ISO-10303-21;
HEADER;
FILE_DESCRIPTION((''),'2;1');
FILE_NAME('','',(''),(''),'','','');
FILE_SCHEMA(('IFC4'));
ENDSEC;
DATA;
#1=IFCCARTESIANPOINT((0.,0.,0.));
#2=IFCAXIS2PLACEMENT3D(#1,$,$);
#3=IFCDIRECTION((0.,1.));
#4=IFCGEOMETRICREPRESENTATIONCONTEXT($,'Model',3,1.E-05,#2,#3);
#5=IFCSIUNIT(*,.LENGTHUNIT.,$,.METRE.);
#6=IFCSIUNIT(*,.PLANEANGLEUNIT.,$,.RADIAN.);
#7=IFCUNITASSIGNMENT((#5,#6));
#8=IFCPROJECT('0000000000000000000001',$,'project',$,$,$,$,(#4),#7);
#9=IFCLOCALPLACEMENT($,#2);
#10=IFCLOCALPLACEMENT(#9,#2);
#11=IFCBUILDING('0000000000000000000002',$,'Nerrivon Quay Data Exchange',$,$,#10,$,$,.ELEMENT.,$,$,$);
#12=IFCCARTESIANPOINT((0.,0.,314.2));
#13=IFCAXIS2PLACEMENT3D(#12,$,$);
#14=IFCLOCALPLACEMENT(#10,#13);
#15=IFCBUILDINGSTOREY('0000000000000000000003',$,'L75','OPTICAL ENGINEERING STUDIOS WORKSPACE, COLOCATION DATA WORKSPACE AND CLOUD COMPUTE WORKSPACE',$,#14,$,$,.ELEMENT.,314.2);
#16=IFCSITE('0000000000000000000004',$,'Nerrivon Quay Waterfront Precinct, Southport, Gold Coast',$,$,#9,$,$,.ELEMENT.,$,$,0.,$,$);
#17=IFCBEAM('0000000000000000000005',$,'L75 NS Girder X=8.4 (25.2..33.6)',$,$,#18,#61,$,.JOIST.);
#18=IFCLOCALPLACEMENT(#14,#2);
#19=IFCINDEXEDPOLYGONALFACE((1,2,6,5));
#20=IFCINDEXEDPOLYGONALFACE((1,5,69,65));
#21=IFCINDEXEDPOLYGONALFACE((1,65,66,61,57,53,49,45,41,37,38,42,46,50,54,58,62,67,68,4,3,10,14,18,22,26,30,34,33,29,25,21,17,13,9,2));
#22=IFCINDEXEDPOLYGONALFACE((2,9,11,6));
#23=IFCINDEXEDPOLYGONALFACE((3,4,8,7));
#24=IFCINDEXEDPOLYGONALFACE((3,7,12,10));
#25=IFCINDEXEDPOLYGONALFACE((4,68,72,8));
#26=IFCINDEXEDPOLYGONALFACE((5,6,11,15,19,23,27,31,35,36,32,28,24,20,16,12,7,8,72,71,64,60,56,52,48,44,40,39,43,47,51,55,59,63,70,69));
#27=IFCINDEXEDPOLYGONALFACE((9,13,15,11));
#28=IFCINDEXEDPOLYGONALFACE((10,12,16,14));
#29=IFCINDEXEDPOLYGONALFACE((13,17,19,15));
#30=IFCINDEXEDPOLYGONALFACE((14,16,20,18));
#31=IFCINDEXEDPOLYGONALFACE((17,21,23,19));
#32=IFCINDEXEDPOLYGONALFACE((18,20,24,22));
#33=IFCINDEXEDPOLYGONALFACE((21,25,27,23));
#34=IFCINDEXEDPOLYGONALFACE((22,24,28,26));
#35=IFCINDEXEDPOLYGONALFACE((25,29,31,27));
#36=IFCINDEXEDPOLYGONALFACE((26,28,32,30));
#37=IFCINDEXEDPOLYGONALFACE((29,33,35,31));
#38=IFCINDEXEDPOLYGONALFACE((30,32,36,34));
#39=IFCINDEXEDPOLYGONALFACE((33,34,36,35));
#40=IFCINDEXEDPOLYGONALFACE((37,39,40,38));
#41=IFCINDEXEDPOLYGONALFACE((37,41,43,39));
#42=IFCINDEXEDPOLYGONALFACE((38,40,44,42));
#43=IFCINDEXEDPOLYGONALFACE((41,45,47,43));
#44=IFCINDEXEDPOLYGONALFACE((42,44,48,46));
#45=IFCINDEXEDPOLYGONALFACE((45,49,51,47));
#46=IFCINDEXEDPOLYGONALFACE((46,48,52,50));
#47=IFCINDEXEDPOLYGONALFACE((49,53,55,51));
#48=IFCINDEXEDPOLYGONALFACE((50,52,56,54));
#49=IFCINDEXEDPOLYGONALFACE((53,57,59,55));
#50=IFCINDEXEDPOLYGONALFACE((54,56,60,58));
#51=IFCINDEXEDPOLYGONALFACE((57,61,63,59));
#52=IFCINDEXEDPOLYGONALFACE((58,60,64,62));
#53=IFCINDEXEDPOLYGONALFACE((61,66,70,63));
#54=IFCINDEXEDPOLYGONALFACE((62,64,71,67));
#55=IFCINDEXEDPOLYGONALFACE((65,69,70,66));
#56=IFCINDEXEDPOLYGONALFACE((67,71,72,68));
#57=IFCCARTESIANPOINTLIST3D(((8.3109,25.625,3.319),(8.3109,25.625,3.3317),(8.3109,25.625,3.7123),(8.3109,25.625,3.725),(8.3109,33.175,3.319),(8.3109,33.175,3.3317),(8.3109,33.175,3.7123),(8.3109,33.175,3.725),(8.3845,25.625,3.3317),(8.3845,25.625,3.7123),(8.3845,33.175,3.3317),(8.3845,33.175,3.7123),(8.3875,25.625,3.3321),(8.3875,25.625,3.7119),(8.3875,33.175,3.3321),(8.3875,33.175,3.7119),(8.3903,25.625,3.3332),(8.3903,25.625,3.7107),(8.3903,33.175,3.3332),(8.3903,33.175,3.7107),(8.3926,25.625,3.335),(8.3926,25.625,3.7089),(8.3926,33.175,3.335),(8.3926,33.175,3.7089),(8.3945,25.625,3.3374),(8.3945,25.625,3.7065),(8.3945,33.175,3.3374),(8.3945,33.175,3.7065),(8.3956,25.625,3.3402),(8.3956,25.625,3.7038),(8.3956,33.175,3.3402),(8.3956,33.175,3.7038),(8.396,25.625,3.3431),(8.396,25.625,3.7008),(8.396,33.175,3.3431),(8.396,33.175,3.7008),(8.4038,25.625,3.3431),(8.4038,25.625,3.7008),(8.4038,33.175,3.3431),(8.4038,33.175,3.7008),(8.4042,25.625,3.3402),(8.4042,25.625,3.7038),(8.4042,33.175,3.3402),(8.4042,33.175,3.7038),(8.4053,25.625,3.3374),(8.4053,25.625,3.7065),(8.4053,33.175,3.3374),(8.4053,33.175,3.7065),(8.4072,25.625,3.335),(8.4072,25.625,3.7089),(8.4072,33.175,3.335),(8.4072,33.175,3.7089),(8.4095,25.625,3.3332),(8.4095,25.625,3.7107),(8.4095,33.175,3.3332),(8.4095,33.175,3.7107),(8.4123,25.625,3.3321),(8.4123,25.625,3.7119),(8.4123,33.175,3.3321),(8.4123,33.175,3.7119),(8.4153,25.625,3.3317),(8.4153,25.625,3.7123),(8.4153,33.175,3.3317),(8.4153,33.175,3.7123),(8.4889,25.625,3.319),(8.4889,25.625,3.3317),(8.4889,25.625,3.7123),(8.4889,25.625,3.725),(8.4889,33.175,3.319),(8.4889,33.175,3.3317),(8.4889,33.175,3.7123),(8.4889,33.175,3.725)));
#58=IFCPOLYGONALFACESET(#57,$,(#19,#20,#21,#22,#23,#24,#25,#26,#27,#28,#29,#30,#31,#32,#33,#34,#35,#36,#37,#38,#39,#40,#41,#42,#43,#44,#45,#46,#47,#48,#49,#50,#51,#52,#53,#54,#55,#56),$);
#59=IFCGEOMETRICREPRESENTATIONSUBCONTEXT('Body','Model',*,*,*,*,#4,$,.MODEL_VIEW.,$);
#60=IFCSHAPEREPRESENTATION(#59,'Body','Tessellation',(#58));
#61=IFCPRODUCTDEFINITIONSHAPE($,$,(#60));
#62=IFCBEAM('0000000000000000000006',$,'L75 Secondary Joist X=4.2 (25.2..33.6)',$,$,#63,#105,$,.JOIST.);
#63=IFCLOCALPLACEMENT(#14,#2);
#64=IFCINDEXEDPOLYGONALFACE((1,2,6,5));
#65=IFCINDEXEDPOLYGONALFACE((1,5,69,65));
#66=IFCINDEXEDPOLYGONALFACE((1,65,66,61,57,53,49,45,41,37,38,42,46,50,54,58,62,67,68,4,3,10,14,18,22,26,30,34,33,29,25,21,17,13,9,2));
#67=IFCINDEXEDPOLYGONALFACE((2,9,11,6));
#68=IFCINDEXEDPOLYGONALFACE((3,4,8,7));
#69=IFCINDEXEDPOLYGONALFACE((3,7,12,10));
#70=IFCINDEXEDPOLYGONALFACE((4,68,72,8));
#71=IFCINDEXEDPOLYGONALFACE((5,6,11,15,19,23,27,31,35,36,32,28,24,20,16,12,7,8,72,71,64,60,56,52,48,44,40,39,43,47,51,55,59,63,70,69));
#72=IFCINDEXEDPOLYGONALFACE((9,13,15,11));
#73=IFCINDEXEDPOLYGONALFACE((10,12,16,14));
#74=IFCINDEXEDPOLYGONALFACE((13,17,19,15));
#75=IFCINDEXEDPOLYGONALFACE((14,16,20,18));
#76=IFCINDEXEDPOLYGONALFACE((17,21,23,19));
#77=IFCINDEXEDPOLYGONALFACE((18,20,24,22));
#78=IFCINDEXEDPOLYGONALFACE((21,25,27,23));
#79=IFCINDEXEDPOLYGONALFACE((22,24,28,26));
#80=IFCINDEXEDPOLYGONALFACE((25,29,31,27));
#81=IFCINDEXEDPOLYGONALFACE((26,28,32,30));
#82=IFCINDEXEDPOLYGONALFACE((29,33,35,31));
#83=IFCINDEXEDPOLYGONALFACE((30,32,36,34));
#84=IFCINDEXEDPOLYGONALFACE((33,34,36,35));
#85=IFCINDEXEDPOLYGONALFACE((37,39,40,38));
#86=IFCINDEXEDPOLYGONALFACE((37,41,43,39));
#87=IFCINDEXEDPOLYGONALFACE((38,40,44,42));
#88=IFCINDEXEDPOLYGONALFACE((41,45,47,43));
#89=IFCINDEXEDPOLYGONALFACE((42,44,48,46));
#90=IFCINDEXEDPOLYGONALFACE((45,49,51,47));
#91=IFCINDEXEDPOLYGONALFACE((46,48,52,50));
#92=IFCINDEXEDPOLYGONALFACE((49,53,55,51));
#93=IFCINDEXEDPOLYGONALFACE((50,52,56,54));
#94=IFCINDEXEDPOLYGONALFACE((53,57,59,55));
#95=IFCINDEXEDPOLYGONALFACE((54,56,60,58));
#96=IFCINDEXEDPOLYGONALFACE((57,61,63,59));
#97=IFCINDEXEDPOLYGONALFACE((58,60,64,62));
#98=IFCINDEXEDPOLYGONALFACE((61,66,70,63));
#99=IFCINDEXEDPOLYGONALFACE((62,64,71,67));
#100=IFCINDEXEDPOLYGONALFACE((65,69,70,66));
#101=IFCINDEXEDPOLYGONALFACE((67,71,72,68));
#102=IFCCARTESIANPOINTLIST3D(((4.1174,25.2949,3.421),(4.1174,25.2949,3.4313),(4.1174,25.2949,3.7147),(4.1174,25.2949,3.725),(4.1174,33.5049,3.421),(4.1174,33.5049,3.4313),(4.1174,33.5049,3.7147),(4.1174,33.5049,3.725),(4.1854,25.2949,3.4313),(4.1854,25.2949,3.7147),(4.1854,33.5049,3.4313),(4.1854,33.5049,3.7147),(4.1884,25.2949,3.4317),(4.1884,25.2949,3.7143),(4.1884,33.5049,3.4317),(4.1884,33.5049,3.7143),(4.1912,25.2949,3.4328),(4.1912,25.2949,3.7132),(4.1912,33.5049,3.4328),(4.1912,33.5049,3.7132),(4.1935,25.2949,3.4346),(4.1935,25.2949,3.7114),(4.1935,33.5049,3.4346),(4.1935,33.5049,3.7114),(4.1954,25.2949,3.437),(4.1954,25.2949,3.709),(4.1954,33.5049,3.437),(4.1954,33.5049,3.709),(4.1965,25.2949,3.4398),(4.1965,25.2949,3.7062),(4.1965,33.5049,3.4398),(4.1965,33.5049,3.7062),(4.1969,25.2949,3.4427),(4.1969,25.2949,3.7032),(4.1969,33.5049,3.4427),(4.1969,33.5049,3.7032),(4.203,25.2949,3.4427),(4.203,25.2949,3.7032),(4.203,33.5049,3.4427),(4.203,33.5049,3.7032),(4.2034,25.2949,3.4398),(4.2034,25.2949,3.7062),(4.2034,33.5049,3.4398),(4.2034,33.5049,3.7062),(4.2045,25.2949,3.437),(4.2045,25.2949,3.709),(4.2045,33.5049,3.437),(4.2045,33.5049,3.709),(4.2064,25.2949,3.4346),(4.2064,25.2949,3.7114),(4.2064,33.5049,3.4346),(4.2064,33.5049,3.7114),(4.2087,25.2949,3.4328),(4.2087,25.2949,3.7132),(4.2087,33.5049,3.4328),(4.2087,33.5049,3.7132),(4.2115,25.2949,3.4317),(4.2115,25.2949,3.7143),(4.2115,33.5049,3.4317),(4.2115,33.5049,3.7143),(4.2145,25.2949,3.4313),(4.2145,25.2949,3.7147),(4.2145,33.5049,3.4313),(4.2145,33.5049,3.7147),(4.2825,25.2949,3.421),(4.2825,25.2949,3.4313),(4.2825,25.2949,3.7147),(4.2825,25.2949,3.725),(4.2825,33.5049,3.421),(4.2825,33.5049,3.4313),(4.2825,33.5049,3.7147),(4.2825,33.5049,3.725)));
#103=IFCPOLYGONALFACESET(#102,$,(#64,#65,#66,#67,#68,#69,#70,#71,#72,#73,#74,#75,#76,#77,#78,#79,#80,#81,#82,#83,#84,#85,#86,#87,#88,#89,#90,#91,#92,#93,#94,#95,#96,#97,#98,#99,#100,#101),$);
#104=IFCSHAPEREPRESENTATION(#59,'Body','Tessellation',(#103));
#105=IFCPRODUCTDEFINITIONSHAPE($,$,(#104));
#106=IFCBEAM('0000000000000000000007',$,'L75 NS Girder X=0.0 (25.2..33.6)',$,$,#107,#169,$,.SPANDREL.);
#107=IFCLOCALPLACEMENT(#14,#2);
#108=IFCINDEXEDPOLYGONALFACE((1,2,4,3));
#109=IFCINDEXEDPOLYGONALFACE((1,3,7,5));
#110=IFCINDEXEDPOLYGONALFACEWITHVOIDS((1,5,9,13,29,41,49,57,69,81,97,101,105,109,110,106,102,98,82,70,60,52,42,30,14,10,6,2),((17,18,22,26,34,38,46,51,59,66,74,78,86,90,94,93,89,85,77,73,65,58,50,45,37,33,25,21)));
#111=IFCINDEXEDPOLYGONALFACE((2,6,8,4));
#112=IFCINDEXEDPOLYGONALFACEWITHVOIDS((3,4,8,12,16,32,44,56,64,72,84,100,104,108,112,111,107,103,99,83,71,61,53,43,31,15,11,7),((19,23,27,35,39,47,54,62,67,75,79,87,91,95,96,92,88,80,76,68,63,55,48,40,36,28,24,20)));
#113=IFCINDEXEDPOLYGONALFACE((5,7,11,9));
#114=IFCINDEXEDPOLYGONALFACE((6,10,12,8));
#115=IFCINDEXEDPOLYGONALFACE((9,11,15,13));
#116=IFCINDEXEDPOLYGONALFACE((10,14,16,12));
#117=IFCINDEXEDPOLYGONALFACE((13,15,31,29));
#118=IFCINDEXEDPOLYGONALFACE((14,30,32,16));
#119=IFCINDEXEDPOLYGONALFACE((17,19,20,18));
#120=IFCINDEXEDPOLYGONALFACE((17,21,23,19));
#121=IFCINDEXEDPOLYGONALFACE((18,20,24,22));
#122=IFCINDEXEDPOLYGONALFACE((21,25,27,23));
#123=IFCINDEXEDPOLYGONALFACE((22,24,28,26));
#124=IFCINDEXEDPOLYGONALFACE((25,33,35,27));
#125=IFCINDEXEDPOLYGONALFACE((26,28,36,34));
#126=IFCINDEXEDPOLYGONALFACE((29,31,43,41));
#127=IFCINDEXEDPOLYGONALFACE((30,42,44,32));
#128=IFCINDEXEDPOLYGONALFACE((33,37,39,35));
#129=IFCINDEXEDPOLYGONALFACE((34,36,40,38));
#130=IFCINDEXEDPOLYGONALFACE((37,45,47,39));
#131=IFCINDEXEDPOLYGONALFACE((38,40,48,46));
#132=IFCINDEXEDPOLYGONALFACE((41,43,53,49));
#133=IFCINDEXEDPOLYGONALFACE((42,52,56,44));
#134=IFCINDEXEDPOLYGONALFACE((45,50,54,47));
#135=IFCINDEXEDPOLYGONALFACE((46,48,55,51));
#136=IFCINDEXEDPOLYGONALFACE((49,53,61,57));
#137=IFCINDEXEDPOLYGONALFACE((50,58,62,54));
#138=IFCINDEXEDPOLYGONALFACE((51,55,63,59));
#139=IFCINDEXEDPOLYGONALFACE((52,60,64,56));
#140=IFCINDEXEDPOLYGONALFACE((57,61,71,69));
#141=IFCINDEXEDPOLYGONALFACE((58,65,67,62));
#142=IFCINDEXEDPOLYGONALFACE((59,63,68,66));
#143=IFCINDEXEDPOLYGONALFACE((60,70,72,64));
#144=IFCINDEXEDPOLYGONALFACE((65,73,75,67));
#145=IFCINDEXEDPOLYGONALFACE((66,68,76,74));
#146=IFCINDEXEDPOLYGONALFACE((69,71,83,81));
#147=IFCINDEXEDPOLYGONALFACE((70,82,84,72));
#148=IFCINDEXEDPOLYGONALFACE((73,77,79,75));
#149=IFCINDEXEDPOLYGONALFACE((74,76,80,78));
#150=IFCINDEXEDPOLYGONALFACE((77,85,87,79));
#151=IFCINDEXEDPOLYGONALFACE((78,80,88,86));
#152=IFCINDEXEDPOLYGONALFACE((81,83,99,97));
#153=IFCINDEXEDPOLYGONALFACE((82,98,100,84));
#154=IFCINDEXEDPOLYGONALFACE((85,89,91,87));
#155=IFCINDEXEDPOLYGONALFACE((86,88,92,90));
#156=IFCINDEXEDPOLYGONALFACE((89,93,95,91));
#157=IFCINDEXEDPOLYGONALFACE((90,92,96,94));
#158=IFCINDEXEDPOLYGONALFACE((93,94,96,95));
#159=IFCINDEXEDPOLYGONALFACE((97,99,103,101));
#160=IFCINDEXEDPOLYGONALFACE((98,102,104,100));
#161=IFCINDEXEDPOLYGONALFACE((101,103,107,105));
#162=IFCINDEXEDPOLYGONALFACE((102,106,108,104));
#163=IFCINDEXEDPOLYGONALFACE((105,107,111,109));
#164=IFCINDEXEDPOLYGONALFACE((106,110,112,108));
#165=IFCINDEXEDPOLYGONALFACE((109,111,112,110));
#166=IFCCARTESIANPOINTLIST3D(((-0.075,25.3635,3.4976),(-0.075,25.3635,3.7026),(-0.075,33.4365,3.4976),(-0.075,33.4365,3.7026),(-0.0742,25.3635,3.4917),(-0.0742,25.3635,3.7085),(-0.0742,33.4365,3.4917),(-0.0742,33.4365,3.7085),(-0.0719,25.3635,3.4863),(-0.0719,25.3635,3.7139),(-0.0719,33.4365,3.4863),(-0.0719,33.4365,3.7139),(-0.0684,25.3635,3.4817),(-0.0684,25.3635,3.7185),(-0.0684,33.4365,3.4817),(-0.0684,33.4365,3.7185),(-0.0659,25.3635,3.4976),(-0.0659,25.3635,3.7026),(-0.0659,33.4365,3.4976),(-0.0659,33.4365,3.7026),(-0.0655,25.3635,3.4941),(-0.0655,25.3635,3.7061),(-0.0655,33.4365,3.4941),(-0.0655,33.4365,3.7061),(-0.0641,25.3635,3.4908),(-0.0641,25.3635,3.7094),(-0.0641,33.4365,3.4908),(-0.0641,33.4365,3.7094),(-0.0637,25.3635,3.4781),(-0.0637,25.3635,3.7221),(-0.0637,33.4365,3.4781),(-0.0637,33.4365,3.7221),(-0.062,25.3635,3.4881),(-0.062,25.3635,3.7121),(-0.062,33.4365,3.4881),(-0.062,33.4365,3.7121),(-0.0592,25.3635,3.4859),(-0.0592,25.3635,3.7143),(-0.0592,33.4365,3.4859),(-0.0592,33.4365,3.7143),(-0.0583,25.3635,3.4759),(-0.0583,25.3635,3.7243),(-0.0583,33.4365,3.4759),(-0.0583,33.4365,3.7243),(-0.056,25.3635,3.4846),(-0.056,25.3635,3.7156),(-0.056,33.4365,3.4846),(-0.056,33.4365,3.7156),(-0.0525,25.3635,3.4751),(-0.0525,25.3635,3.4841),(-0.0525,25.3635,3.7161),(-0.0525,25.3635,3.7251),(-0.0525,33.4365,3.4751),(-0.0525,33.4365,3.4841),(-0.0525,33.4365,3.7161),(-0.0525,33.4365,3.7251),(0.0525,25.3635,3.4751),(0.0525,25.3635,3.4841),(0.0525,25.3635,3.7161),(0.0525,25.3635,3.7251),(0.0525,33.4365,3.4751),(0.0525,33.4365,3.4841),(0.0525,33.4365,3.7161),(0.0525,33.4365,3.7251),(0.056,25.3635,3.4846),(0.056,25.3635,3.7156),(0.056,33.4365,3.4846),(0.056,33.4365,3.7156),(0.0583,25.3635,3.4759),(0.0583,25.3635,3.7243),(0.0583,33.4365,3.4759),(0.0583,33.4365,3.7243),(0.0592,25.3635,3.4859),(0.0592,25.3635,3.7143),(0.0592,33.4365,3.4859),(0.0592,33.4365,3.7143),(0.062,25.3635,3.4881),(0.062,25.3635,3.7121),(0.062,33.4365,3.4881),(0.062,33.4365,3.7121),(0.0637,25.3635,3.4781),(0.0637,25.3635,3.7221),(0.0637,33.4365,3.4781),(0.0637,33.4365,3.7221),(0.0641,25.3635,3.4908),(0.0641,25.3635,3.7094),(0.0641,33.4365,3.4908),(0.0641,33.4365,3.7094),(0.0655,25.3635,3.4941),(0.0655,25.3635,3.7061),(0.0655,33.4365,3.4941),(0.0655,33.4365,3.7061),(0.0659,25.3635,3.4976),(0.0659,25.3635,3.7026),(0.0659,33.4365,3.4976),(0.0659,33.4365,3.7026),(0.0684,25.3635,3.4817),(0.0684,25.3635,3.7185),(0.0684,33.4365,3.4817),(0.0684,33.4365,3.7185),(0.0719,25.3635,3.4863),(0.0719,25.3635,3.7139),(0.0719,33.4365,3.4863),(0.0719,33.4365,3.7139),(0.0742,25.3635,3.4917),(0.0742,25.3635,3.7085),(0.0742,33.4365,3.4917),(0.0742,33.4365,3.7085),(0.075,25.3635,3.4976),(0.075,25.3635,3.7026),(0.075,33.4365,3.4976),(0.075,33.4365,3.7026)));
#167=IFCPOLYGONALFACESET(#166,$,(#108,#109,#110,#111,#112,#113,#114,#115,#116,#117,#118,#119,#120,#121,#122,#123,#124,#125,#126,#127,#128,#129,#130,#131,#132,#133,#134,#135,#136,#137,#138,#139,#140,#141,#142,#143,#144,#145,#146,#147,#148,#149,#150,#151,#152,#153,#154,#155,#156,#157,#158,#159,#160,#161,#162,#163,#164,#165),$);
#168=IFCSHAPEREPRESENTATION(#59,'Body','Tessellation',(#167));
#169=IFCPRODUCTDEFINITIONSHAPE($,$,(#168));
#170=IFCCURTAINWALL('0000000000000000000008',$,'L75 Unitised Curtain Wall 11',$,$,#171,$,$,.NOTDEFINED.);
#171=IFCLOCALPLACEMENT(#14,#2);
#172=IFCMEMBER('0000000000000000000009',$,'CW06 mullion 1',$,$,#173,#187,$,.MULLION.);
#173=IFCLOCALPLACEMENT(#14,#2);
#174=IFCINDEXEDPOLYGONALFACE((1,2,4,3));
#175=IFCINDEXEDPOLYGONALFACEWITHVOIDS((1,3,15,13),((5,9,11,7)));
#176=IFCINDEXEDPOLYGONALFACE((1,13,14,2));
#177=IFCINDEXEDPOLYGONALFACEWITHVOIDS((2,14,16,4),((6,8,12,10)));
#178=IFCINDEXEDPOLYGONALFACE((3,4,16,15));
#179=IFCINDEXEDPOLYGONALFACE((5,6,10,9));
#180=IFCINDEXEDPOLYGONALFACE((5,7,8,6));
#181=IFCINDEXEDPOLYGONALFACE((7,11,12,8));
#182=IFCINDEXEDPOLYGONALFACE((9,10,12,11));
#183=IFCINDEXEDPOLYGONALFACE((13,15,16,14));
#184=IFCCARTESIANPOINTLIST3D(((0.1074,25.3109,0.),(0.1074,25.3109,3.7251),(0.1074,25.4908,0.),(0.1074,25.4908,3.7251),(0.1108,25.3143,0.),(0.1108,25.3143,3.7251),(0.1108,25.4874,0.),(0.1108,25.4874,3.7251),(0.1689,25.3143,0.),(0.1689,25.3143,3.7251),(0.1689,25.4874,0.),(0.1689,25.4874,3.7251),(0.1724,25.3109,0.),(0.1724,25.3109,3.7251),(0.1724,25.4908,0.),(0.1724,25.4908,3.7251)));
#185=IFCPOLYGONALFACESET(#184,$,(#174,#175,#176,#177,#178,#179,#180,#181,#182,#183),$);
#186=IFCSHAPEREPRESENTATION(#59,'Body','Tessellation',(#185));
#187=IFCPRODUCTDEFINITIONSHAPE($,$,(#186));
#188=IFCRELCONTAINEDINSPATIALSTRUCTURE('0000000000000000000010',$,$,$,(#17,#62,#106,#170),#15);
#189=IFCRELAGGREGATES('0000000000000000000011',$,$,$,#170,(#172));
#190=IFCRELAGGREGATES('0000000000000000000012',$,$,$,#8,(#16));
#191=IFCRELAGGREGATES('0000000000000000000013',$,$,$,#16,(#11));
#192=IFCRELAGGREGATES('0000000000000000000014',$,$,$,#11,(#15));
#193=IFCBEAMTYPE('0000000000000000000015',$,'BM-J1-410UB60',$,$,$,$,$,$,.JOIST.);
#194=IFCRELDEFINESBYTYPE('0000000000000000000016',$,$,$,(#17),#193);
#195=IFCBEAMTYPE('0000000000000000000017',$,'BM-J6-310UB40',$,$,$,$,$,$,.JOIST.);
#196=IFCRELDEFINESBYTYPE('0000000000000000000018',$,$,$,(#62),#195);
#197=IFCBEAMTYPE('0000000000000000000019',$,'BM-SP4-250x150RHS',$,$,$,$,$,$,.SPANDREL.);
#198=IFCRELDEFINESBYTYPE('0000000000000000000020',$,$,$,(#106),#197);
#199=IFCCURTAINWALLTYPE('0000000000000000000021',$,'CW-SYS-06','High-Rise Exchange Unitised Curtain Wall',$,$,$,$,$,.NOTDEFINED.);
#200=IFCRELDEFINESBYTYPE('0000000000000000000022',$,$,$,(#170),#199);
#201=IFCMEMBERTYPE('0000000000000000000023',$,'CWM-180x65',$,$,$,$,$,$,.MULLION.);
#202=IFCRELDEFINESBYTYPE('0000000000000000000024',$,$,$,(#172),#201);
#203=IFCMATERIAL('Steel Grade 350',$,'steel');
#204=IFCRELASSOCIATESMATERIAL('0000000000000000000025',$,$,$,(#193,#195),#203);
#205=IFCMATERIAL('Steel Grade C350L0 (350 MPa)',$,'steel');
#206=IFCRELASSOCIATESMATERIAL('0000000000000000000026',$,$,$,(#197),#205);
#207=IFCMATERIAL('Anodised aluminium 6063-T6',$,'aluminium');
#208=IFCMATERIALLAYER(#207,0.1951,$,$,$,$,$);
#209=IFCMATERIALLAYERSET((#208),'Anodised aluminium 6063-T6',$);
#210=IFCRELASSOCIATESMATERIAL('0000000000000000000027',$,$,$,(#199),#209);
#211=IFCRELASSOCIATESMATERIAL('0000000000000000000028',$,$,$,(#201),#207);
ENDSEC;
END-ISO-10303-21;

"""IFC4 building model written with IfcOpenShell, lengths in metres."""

from ifc_helpers import new_model, si_unit, direction, frame, origin, origin_2d, place, context, subcontext, project, spatial, hollow_rectangle, i_section, extrude, material, layer, layer_set, material_profile, profile_set, type_object, element, aggregate, save


model = new_model("IFC4")

# Units and contexts
model_context = context("Model", 3, precision=1e-05, world=origin(), true_north=direction((0.0, 1.0)))
body_context = subcontext(model_context, "Body", "Model", "MODEL_VIEW")
ifc_project = project(units=[si_unit("LENGTHUNIT", "METRE"), si_unit("PLANEANGLEUNIT", "RADIAN")], contexts=[model_context])

# Site, building, storey
site_placement = place(None, origin())
site = spatial("IfcSite", under=ifc_project, at=site_placement, Name="Nerrivon Quay Waterfront Precinct, Southport, Gold Coast", CompositionType="ELEMENT", RefElevation=0.0)
building_placement = place(site_placement, origin())
building = spatial("IfcBuilding", under=site, at=building_placement, Name="Nerrivon Quay Data Exchange", CompositionType="ELEMENT")
storey_placement = place(building_placement, frame((0.0, 0.0, 314.2)))
storey = spatial("IfcBuildingStorey", under=building, at=storey_placement, Name="L75", Description="OPTICAL ENGINEERING STUDIOS WORKSPACE, COLOCATION DATA WORKSPACE AND CLOUD COMPUTE WORKSPACE", CompositionType="ELEMENT", Elevation=314.2)

# Beams
ifc_material_1 = material(Name="Steel Grade 350", Category="steel")
ifc_material_profile_1 = material_profile(ifc_material_1, i_section(OverallWidth=0.178, OverallDepth=0.406, WebThickness=0.0078, FlangeThickness=0.0127, FilletRadius=0.0115, at=origin_2d()), Name="410UB59.7")
ifc_profile_set_1 = profile_set([ifc_material_profile_1], Name="Steel Grade 350")
beam_type_1 = type_object("IfcBeamType", Name="BM-J1-410UB60", PredefinedType="JOIST", material=ifc_profile_set_1)
beam_1_placement = place(storey_placement, frame((8.3999, 25.625, 3.522), z_axis=(0.0, 1.0, 0.0), x_axis=(-1.0, 0.0, 0.0)))
element("IfcBeam", 1, at=beam_1_placement, inside=storey, type_object=beam_type_1, Name="L75 NS Girder X=8.4 (25.2..33.6)", PredefinedType="JOIST", context=body_context, shape_type="SweptSolid", body=[
    extrude(i_section(OverallWidth=0.178, OverallDepth=0.406, WebThickness=0.0078, FlangeThickness=0.0127, FilletRadius=0.0115, at=origin_2d()), origin(), (0.0, 0.0, 1.0), 7.55),
])
ifc_material_profile_2 = material_profile(ifc_material_1, i_section(OverallWidth=0.165, OverallDepth=0.304, WebThickness=0.0061, FlangeThickness=0.0103, FilletRadius=0.0115, at=origin_2d()), Name="310UB40.4")
ifc_profile_set_2 = profile_set([ifc_material_profile_2], Name="Steel Grade 350")
beam_type_2 = type_object("IfcBeamType", Name="BM-J6-310UB40", PredefinedType="JOIST", material=ifc_profile_set_2)
beam_2_placement = place(storey_placement, frame((4.2, 25.2949, 3.573), z_axis=(0.0, 1.0, 0.0), x_axis=(-1.0, 0.0, 0.0)))
element("IfcBeam", 2, at=beam_2_placement, inside=storey, type_object=beam_type_2, Name="L75 Secondary Joist X=4.2 (25.2..33.6)", PredefinedType="JOIST", context=body_context, shape_type="SweptSolid", body=[
    extrude(i_section(OverallWidth=0.165, OverallDepth=0.304, WebThickness=0.0061, FlangeThickness=0.0103, FilletRadius=0.0115, at=origin_2d()), origin(), (0.0, 0.0, 1.0), 8.21),
])
ifc_material_2 = material(Name="Steel Grade C350L0 (350 MPa)", Category="steel")
ifc_material_profile_3 = material_profile(ifc_material_2, hollow_rectangle(XDim=0.1499, YDim=0.25, WallThickness=0.009, InnerFilletRadius=0.0134, OuterFilletRadius=0.0225, at=origin_2d()), Name="250x150x9.0RHS")
ifc_profile_set_3 = profile_set([ifc_material_profile_3], Name="Steel Grade C350L0 (350 MPa)")
beam_type_3 = type_object("IfcBeamType", Name="BM-SP4-250x150RHS", PredefinedType="SPANDREL", material=ifc_profile_set_3)
beam_3_placement = place(storey_placement, frame((0.0, 25.3635, 3.6001), z_axis=(0.0, 1.0, 0.0), x_axis=(-1.0, 0.0, 0.0)))
element("IfcBeam", 3, at=beam_3_placement, inside=storey, type_object=beam_type_3, Name="L75 NS Girder X=0.0 (25.2..33.6)", PredefinedType="SPANDREL", context=body_context, shape_type="SweptSolid", body=[
    extrude(hollow_rectangle(XDim=0.1499, YDim=0.25, WallThickness=0.009, InnerFilletRadius=0.0134, OuterFilletRadius=0.0225, at=origin_2d()), origin(), (0.0, 0.0, 1.0), 8.073),
])

# Curtain wall, member
ifc_material_3 = material(Name="Anodised aluminium 6063-T6", Category="aluminium")
ifc_layer_1 = layer(ifc_material_3, 0.1951)
ifc_layer_set_1 = layer_set([ifc_layer_1], Name="Anodised aluminium 6063-T6")
curtain_wall_type = type_object("IfcCurtainWallType", Name="CW-SYS-06", Description="High-Rise Exchange Unitised Curtain Wall", PredefinedType="NOTDEFINED", material=ifc_layer_set_1)
curtain_wall_placement = place(storey_placement, origin())
curtain_wall = element("IfcCurtainWall", 4, at=curtain_wall_placement, inside=storey, type_object=curtain_wall_type, Name="L75 Unitised Curtain Wall 11", PredefinedType="NOTDEFINED")
ifc_material_profile_4 = material_profile(ifc_material_3, hollow_rectangle(XDim=0.0649, YDim=0.1799, WallThickness=0.0034, at=origin_2d()), Name="ALU-MULL-180x65")
ifc_profile_set_4 = profile_set([ifc_material_profile_4], Name="Anodised aluminium 6063-T6")
member_type_1 = type_object("IfcMemberType", Name="CWM-180x65", PredefinedType="MULLION", material=ifc_profile_set_4)
member_1_placement = place(storey_placement, frame((0.1399, 25.4009, 0.0), z_axis=(0.0, 0.0, 1.0), x_axis=(-1.0, 0.0, 0.0)))
member_1 = element("IfcMember", 5, at=member_1_placement, type_object=member_type_1, Name="CW06 mullion 1", PredefinedType="MULLION", context=body_context, shape_type="SweptSolid", body=[
    extrude(hollow_rectangle(XDim=0.0649, YDim=0.1799, WallThickness=0.0034, at=origin_2d()), origin(), (0.0, 0.0, 1.0), 3.7251),
])
aggregate(curtain_wall, [member_1])

save(model, "model.ifc")
